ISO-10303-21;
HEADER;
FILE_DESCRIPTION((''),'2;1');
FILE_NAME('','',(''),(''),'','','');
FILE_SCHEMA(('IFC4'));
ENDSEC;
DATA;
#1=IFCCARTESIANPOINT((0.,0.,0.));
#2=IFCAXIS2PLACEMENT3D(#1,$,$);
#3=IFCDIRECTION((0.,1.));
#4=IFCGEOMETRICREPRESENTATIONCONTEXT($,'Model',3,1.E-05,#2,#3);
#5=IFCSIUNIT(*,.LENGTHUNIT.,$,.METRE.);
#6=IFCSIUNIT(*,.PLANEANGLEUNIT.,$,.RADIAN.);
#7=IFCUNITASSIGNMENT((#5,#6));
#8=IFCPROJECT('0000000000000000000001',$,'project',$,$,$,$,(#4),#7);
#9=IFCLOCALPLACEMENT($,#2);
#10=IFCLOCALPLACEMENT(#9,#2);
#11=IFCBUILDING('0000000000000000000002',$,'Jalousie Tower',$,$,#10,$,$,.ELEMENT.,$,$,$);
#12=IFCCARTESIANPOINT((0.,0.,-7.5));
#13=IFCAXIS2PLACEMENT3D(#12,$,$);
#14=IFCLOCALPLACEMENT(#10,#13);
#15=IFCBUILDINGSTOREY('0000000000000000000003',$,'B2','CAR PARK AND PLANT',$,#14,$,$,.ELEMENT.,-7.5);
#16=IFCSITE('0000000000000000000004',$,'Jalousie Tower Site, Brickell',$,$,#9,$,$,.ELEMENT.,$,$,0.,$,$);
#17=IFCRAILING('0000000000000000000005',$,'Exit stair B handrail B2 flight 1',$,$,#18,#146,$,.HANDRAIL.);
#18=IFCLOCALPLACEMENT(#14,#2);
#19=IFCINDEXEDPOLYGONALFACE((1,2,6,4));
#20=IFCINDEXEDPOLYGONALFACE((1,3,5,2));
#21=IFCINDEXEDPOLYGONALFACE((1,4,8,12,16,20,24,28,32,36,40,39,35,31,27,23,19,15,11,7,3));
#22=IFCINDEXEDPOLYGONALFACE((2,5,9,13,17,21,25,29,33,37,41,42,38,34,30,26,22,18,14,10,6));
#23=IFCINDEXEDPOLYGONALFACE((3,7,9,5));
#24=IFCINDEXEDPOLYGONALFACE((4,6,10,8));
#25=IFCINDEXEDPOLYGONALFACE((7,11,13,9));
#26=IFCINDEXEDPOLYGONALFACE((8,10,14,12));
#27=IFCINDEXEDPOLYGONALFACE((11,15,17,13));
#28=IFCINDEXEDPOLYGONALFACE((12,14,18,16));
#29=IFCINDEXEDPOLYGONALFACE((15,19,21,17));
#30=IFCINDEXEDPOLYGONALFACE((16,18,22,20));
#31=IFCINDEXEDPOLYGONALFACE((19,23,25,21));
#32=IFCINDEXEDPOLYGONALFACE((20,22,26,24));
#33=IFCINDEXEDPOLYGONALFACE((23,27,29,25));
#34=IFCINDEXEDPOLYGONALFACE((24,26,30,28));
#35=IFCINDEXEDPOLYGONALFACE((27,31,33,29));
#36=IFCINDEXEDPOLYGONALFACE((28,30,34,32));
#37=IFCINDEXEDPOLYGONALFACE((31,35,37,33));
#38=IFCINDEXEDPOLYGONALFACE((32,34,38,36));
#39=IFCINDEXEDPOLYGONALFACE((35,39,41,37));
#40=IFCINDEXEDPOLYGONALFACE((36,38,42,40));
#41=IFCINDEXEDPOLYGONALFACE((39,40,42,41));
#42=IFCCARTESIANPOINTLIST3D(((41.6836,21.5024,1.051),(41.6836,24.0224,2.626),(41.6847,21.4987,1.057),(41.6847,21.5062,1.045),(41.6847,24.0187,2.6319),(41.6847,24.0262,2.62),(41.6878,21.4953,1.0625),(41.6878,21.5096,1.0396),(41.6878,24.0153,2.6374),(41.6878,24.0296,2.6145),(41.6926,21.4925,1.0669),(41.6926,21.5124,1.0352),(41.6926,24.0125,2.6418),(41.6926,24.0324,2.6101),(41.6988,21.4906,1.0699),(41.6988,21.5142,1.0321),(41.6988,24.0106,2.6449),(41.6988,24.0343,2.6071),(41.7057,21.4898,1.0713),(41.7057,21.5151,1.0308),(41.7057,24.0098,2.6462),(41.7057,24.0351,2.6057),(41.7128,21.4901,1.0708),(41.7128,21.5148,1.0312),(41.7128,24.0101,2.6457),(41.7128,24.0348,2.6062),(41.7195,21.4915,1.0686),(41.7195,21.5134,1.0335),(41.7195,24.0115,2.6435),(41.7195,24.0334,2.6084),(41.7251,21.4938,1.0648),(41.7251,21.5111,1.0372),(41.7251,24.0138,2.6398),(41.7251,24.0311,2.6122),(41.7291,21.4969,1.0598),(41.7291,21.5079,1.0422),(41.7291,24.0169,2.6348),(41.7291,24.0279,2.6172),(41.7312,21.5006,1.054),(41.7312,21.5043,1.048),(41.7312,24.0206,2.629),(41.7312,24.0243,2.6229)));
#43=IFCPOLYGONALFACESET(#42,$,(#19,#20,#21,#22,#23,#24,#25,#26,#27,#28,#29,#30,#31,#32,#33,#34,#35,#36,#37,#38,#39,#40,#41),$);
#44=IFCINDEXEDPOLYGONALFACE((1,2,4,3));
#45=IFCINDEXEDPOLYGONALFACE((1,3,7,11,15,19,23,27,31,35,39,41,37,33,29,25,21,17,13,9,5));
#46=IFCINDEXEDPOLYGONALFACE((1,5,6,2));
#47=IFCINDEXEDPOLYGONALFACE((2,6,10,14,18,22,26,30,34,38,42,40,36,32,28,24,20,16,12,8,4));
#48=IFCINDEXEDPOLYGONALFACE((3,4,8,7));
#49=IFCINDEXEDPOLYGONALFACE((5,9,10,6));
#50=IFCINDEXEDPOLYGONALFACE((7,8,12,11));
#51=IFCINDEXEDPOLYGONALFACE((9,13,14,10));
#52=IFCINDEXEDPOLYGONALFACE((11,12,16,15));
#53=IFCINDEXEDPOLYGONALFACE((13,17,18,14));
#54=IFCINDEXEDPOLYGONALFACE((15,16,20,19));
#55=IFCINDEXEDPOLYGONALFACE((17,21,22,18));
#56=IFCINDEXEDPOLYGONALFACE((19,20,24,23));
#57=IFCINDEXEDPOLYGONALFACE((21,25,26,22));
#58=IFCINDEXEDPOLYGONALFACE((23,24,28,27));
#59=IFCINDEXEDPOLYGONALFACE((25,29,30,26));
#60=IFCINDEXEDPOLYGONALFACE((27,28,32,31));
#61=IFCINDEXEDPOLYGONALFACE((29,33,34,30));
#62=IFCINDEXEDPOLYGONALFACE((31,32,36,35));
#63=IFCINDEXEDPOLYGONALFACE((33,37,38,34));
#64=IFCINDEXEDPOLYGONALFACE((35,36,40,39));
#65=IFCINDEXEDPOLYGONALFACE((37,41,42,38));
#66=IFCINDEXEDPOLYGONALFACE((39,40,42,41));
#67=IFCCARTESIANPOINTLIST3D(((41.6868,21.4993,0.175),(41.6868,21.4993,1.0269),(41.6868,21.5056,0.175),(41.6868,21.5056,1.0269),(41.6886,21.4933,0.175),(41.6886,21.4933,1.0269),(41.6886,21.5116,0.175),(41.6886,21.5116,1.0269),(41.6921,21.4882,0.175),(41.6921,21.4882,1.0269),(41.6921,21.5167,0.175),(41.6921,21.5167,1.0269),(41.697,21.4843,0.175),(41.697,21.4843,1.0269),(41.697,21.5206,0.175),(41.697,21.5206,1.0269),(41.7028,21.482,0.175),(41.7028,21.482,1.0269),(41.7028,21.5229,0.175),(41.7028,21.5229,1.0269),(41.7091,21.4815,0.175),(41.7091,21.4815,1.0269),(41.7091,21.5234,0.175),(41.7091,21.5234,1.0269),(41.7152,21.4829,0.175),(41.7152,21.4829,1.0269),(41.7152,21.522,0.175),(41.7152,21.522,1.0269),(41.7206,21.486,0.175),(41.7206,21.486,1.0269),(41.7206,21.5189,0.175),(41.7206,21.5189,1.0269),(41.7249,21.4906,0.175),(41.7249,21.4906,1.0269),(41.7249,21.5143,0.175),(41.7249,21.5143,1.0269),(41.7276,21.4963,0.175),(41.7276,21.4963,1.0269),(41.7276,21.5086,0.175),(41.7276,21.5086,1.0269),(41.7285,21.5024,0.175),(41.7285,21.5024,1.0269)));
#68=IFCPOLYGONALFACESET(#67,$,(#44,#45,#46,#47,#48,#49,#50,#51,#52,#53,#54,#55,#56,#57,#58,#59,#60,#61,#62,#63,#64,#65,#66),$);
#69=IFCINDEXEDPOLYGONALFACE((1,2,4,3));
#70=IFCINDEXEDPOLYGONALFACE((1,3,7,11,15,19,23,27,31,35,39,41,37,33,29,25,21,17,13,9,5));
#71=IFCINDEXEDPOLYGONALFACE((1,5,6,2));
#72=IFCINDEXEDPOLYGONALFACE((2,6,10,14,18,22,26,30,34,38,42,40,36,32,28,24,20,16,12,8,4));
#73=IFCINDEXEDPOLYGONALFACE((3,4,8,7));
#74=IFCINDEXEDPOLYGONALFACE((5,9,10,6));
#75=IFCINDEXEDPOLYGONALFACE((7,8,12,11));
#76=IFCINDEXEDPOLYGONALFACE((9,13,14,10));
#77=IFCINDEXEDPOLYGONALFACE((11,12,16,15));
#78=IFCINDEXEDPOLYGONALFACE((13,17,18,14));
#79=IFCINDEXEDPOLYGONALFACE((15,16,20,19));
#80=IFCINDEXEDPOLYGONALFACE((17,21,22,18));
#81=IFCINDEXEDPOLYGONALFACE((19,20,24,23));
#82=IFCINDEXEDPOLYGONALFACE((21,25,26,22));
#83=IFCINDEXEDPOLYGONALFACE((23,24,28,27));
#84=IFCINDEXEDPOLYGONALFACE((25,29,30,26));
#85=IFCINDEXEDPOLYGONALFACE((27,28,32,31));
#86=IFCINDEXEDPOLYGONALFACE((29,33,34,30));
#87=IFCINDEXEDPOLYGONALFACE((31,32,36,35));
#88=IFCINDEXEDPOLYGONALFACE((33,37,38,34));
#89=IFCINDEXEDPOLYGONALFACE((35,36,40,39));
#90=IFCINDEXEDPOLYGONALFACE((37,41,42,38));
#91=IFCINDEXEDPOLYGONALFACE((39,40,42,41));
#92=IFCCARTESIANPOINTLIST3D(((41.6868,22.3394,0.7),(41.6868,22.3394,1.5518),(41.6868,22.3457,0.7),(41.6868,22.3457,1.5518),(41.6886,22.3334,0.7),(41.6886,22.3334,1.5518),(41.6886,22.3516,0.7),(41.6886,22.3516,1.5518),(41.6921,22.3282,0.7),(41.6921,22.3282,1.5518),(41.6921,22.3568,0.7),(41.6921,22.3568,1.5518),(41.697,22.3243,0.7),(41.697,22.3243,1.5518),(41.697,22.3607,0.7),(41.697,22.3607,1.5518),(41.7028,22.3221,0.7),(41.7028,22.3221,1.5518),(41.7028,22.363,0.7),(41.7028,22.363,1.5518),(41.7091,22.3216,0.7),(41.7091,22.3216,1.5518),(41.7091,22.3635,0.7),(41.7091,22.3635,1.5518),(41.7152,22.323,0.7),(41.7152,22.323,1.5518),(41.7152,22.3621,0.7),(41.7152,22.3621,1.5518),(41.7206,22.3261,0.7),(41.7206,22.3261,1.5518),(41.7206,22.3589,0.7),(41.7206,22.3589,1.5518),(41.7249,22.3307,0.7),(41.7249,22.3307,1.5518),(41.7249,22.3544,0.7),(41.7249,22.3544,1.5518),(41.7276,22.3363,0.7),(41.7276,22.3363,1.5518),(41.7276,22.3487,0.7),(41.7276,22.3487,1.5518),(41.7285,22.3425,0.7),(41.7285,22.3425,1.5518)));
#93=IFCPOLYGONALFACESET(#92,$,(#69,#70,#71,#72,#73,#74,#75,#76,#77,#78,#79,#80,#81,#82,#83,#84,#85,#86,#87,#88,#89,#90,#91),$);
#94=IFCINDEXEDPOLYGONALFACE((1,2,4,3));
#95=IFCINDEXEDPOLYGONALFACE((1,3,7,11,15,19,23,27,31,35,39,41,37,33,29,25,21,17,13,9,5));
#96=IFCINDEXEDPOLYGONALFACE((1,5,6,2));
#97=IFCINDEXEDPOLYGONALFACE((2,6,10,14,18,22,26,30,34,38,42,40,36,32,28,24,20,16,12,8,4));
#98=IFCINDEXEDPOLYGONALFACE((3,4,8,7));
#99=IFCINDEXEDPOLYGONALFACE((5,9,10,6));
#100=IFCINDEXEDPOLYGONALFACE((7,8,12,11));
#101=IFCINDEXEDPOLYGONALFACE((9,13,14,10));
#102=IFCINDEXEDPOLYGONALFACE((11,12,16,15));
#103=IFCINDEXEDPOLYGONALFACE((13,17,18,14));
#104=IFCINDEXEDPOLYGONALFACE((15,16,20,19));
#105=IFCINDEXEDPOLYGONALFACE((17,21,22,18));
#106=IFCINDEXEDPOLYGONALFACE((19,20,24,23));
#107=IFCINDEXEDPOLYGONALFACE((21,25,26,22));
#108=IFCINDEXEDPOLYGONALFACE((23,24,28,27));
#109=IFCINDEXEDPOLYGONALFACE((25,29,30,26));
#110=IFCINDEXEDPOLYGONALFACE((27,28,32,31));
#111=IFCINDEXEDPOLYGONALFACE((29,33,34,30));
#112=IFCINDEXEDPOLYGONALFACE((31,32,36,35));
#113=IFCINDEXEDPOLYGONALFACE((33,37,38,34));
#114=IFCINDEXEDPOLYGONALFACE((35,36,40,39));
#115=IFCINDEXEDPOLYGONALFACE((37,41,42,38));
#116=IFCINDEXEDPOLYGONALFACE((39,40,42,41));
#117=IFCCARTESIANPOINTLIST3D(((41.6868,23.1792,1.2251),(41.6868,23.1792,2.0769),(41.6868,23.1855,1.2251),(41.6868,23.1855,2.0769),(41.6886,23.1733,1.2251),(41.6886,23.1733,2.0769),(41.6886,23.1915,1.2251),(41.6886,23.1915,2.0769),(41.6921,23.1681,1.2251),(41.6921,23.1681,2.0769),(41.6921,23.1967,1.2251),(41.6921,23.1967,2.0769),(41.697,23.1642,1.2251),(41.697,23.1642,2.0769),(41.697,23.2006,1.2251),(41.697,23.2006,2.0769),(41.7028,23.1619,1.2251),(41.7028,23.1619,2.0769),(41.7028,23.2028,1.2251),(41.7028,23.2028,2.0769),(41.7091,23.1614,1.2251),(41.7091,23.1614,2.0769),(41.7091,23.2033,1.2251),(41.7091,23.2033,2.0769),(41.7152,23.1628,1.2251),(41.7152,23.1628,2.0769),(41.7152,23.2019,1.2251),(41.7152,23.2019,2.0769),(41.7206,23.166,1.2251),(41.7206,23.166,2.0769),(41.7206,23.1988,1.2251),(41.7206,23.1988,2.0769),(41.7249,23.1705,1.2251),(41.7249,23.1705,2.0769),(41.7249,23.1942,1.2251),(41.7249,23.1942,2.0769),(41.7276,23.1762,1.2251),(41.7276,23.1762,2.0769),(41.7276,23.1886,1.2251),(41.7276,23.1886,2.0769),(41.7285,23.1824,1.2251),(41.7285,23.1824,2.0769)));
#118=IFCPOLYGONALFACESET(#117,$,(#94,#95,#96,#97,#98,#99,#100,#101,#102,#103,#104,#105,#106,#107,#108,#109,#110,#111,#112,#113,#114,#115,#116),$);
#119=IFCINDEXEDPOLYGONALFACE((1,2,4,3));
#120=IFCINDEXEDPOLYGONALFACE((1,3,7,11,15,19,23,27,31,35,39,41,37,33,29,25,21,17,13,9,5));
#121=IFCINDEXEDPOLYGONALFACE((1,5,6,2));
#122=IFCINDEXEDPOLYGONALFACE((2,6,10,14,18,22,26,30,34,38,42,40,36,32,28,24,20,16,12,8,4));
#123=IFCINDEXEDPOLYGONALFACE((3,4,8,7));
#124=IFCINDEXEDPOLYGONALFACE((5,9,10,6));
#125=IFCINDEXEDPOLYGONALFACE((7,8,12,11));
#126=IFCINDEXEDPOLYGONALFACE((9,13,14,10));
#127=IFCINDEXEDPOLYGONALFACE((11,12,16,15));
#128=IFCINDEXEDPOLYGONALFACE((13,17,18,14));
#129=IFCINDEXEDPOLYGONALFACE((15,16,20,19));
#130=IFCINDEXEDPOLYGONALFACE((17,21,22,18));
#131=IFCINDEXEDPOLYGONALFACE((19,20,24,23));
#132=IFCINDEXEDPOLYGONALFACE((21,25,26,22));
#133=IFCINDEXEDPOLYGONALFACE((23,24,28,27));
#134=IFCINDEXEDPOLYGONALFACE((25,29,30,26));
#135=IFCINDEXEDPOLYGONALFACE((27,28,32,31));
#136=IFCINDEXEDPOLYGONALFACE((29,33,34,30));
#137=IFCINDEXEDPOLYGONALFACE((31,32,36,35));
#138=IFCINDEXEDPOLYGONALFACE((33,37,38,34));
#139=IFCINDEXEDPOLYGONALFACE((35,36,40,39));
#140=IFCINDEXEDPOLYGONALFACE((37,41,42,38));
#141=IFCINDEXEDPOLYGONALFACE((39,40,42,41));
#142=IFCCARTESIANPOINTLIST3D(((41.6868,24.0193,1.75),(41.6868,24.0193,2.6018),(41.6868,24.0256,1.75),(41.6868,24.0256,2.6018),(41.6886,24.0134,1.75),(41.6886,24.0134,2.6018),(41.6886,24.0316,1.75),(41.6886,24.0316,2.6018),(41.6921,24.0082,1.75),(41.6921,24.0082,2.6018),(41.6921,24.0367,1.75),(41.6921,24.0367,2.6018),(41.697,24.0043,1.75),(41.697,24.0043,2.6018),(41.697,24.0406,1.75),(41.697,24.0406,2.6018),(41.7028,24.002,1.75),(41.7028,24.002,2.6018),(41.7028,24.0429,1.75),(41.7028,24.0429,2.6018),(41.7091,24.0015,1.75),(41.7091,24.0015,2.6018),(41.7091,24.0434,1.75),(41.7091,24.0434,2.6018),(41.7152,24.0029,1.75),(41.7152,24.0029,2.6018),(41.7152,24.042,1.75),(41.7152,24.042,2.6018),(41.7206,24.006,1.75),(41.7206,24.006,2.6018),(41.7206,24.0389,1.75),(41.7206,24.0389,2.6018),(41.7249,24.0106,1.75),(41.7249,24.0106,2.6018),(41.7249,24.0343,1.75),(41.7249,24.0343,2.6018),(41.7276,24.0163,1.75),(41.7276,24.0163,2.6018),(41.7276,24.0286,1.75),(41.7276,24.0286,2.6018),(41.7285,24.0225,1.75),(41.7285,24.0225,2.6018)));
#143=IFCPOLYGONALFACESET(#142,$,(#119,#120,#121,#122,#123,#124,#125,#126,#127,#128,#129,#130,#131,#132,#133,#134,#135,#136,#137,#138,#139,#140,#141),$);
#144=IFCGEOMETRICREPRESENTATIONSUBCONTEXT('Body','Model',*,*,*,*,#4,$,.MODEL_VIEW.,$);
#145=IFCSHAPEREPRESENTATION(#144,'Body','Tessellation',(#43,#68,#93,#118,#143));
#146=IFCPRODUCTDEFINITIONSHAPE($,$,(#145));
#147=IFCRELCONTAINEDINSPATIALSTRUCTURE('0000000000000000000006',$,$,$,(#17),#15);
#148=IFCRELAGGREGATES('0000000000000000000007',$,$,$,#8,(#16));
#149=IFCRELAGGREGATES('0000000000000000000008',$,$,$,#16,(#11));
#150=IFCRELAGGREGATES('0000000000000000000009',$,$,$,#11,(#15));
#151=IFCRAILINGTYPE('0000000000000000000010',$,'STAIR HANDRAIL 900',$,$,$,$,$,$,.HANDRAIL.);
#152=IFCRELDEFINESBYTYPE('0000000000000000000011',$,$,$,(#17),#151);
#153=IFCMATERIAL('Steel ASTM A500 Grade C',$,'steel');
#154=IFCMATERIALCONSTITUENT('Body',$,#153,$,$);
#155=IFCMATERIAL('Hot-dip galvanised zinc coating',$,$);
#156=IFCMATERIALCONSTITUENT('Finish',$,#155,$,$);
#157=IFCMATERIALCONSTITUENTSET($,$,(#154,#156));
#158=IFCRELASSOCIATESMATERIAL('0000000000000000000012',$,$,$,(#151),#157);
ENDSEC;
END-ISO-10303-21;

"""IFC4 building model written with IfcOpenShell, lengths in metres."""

from ifc_helpers import new_model, si_unit, direction, frame, origin, origin_2d, place, context, subcontext, project, spatial, circle, extrude, material, constituent, constituent_set, type_object, element, save


model = new_model("IFC4")

# Units and contexts
model_context = context("Model", 3, precision=1e-05, world=origin(), true_north=direction((0.0, 1.0)))
body_context = subcontext(model_context, "Body", "Model", "MODEL_VIEW")
ifc_project = project(units=[si_unit("LENGTHUNIT", "METRE"), si_unit("PLANEANGLEUNIT", "RADIAN")], contexts=[model_context])

# Site, building, storey
site_placement = place(None, origin())
site = spatial("IfcSite", under=ifc_project, at=site_placement, Name="Jalousie Tower Site, Brickell", CompositionType="ELEMENT", RefElevation=0.0)
building_placement = place(site_placement, origin())
building = spatial("IfcBuilding", under=site, at=building_placement, Name="Jalousie Tower", CompositionType="ELEMENT")
storey_placement = place(building_placement, frame((0.0, 0.0, -7.5)))
storey = spatial("IfcBuildingStorey", under=building, at=storey_placement, Name="B2", Description="CAR PARK AND PLANT", CompositionType="ELEMENT", Elevation=-7.5)

# Railing
ifc_material_1 = material(Name="Steel ASTM A500 Grade C", Category="steel")
ifc_constituent_1 = constituent(ifc_material_1, Name="Body")
ifc_material_2 = material(Name="Hot-dip galvanised zinc coating")
ifc_constituent_2 = constituent(ifc_material_2, Name="Finish")
ifc_constituent_set_1 = constituent_set(constituents=[ifc_constituent_1, ifc_constituent_2])
railing_type_1 = type_object("IfcRailingType", Name="STAIR HANDRAIL 900", PredefinedType="HANDRAIL", material=ifc_constituent_set_1)
railing_1_placement = place(storey_placement, frame((41.7075, 21.5024, 0.175)))
element("IfcRailing", 1, at=railing_1_placement, inside=storey, type_object=railing_type_1, Name="Exit stair B handrail B2 flight 1", PredefinedType="HANDRAIL", context=body_context, shape_type="SweptSolid", body=[
    extrude(circle(Radius=0.0239, at=origin_2d()), frame((0.0, 0.0, 0.876), z_axis=(0.0, 0.848008, 0.529984), x_axis=(-1.0, 0.0, 0.0)), (0.0, 0.0, 1.0), 2.9717),
    extrude(circle(Radius=0.021, at=origin_2d()), origin(), (0.0, 0.0, 1.0), 0.8518),
    extrude(circle(Radius=0.021, at=origin_2d()), frame((0.0, 0.8401, 0.5249)), (0.0, 0.0, 1.0), 0.8518),
    extrude(circle(Radius=0.021, at=origin_2d()), frame((0.0, 1.6799, 1.05)), (0.0, 0.0, 1.0), 0.8518),
    extrude(circle(Radius=0.021, at=origin_2d()), frame((0.0, 2.52, 1.575)), (0.0, 0.0, 1.0), 0.8518),
])

save(model, "model.ifc")
